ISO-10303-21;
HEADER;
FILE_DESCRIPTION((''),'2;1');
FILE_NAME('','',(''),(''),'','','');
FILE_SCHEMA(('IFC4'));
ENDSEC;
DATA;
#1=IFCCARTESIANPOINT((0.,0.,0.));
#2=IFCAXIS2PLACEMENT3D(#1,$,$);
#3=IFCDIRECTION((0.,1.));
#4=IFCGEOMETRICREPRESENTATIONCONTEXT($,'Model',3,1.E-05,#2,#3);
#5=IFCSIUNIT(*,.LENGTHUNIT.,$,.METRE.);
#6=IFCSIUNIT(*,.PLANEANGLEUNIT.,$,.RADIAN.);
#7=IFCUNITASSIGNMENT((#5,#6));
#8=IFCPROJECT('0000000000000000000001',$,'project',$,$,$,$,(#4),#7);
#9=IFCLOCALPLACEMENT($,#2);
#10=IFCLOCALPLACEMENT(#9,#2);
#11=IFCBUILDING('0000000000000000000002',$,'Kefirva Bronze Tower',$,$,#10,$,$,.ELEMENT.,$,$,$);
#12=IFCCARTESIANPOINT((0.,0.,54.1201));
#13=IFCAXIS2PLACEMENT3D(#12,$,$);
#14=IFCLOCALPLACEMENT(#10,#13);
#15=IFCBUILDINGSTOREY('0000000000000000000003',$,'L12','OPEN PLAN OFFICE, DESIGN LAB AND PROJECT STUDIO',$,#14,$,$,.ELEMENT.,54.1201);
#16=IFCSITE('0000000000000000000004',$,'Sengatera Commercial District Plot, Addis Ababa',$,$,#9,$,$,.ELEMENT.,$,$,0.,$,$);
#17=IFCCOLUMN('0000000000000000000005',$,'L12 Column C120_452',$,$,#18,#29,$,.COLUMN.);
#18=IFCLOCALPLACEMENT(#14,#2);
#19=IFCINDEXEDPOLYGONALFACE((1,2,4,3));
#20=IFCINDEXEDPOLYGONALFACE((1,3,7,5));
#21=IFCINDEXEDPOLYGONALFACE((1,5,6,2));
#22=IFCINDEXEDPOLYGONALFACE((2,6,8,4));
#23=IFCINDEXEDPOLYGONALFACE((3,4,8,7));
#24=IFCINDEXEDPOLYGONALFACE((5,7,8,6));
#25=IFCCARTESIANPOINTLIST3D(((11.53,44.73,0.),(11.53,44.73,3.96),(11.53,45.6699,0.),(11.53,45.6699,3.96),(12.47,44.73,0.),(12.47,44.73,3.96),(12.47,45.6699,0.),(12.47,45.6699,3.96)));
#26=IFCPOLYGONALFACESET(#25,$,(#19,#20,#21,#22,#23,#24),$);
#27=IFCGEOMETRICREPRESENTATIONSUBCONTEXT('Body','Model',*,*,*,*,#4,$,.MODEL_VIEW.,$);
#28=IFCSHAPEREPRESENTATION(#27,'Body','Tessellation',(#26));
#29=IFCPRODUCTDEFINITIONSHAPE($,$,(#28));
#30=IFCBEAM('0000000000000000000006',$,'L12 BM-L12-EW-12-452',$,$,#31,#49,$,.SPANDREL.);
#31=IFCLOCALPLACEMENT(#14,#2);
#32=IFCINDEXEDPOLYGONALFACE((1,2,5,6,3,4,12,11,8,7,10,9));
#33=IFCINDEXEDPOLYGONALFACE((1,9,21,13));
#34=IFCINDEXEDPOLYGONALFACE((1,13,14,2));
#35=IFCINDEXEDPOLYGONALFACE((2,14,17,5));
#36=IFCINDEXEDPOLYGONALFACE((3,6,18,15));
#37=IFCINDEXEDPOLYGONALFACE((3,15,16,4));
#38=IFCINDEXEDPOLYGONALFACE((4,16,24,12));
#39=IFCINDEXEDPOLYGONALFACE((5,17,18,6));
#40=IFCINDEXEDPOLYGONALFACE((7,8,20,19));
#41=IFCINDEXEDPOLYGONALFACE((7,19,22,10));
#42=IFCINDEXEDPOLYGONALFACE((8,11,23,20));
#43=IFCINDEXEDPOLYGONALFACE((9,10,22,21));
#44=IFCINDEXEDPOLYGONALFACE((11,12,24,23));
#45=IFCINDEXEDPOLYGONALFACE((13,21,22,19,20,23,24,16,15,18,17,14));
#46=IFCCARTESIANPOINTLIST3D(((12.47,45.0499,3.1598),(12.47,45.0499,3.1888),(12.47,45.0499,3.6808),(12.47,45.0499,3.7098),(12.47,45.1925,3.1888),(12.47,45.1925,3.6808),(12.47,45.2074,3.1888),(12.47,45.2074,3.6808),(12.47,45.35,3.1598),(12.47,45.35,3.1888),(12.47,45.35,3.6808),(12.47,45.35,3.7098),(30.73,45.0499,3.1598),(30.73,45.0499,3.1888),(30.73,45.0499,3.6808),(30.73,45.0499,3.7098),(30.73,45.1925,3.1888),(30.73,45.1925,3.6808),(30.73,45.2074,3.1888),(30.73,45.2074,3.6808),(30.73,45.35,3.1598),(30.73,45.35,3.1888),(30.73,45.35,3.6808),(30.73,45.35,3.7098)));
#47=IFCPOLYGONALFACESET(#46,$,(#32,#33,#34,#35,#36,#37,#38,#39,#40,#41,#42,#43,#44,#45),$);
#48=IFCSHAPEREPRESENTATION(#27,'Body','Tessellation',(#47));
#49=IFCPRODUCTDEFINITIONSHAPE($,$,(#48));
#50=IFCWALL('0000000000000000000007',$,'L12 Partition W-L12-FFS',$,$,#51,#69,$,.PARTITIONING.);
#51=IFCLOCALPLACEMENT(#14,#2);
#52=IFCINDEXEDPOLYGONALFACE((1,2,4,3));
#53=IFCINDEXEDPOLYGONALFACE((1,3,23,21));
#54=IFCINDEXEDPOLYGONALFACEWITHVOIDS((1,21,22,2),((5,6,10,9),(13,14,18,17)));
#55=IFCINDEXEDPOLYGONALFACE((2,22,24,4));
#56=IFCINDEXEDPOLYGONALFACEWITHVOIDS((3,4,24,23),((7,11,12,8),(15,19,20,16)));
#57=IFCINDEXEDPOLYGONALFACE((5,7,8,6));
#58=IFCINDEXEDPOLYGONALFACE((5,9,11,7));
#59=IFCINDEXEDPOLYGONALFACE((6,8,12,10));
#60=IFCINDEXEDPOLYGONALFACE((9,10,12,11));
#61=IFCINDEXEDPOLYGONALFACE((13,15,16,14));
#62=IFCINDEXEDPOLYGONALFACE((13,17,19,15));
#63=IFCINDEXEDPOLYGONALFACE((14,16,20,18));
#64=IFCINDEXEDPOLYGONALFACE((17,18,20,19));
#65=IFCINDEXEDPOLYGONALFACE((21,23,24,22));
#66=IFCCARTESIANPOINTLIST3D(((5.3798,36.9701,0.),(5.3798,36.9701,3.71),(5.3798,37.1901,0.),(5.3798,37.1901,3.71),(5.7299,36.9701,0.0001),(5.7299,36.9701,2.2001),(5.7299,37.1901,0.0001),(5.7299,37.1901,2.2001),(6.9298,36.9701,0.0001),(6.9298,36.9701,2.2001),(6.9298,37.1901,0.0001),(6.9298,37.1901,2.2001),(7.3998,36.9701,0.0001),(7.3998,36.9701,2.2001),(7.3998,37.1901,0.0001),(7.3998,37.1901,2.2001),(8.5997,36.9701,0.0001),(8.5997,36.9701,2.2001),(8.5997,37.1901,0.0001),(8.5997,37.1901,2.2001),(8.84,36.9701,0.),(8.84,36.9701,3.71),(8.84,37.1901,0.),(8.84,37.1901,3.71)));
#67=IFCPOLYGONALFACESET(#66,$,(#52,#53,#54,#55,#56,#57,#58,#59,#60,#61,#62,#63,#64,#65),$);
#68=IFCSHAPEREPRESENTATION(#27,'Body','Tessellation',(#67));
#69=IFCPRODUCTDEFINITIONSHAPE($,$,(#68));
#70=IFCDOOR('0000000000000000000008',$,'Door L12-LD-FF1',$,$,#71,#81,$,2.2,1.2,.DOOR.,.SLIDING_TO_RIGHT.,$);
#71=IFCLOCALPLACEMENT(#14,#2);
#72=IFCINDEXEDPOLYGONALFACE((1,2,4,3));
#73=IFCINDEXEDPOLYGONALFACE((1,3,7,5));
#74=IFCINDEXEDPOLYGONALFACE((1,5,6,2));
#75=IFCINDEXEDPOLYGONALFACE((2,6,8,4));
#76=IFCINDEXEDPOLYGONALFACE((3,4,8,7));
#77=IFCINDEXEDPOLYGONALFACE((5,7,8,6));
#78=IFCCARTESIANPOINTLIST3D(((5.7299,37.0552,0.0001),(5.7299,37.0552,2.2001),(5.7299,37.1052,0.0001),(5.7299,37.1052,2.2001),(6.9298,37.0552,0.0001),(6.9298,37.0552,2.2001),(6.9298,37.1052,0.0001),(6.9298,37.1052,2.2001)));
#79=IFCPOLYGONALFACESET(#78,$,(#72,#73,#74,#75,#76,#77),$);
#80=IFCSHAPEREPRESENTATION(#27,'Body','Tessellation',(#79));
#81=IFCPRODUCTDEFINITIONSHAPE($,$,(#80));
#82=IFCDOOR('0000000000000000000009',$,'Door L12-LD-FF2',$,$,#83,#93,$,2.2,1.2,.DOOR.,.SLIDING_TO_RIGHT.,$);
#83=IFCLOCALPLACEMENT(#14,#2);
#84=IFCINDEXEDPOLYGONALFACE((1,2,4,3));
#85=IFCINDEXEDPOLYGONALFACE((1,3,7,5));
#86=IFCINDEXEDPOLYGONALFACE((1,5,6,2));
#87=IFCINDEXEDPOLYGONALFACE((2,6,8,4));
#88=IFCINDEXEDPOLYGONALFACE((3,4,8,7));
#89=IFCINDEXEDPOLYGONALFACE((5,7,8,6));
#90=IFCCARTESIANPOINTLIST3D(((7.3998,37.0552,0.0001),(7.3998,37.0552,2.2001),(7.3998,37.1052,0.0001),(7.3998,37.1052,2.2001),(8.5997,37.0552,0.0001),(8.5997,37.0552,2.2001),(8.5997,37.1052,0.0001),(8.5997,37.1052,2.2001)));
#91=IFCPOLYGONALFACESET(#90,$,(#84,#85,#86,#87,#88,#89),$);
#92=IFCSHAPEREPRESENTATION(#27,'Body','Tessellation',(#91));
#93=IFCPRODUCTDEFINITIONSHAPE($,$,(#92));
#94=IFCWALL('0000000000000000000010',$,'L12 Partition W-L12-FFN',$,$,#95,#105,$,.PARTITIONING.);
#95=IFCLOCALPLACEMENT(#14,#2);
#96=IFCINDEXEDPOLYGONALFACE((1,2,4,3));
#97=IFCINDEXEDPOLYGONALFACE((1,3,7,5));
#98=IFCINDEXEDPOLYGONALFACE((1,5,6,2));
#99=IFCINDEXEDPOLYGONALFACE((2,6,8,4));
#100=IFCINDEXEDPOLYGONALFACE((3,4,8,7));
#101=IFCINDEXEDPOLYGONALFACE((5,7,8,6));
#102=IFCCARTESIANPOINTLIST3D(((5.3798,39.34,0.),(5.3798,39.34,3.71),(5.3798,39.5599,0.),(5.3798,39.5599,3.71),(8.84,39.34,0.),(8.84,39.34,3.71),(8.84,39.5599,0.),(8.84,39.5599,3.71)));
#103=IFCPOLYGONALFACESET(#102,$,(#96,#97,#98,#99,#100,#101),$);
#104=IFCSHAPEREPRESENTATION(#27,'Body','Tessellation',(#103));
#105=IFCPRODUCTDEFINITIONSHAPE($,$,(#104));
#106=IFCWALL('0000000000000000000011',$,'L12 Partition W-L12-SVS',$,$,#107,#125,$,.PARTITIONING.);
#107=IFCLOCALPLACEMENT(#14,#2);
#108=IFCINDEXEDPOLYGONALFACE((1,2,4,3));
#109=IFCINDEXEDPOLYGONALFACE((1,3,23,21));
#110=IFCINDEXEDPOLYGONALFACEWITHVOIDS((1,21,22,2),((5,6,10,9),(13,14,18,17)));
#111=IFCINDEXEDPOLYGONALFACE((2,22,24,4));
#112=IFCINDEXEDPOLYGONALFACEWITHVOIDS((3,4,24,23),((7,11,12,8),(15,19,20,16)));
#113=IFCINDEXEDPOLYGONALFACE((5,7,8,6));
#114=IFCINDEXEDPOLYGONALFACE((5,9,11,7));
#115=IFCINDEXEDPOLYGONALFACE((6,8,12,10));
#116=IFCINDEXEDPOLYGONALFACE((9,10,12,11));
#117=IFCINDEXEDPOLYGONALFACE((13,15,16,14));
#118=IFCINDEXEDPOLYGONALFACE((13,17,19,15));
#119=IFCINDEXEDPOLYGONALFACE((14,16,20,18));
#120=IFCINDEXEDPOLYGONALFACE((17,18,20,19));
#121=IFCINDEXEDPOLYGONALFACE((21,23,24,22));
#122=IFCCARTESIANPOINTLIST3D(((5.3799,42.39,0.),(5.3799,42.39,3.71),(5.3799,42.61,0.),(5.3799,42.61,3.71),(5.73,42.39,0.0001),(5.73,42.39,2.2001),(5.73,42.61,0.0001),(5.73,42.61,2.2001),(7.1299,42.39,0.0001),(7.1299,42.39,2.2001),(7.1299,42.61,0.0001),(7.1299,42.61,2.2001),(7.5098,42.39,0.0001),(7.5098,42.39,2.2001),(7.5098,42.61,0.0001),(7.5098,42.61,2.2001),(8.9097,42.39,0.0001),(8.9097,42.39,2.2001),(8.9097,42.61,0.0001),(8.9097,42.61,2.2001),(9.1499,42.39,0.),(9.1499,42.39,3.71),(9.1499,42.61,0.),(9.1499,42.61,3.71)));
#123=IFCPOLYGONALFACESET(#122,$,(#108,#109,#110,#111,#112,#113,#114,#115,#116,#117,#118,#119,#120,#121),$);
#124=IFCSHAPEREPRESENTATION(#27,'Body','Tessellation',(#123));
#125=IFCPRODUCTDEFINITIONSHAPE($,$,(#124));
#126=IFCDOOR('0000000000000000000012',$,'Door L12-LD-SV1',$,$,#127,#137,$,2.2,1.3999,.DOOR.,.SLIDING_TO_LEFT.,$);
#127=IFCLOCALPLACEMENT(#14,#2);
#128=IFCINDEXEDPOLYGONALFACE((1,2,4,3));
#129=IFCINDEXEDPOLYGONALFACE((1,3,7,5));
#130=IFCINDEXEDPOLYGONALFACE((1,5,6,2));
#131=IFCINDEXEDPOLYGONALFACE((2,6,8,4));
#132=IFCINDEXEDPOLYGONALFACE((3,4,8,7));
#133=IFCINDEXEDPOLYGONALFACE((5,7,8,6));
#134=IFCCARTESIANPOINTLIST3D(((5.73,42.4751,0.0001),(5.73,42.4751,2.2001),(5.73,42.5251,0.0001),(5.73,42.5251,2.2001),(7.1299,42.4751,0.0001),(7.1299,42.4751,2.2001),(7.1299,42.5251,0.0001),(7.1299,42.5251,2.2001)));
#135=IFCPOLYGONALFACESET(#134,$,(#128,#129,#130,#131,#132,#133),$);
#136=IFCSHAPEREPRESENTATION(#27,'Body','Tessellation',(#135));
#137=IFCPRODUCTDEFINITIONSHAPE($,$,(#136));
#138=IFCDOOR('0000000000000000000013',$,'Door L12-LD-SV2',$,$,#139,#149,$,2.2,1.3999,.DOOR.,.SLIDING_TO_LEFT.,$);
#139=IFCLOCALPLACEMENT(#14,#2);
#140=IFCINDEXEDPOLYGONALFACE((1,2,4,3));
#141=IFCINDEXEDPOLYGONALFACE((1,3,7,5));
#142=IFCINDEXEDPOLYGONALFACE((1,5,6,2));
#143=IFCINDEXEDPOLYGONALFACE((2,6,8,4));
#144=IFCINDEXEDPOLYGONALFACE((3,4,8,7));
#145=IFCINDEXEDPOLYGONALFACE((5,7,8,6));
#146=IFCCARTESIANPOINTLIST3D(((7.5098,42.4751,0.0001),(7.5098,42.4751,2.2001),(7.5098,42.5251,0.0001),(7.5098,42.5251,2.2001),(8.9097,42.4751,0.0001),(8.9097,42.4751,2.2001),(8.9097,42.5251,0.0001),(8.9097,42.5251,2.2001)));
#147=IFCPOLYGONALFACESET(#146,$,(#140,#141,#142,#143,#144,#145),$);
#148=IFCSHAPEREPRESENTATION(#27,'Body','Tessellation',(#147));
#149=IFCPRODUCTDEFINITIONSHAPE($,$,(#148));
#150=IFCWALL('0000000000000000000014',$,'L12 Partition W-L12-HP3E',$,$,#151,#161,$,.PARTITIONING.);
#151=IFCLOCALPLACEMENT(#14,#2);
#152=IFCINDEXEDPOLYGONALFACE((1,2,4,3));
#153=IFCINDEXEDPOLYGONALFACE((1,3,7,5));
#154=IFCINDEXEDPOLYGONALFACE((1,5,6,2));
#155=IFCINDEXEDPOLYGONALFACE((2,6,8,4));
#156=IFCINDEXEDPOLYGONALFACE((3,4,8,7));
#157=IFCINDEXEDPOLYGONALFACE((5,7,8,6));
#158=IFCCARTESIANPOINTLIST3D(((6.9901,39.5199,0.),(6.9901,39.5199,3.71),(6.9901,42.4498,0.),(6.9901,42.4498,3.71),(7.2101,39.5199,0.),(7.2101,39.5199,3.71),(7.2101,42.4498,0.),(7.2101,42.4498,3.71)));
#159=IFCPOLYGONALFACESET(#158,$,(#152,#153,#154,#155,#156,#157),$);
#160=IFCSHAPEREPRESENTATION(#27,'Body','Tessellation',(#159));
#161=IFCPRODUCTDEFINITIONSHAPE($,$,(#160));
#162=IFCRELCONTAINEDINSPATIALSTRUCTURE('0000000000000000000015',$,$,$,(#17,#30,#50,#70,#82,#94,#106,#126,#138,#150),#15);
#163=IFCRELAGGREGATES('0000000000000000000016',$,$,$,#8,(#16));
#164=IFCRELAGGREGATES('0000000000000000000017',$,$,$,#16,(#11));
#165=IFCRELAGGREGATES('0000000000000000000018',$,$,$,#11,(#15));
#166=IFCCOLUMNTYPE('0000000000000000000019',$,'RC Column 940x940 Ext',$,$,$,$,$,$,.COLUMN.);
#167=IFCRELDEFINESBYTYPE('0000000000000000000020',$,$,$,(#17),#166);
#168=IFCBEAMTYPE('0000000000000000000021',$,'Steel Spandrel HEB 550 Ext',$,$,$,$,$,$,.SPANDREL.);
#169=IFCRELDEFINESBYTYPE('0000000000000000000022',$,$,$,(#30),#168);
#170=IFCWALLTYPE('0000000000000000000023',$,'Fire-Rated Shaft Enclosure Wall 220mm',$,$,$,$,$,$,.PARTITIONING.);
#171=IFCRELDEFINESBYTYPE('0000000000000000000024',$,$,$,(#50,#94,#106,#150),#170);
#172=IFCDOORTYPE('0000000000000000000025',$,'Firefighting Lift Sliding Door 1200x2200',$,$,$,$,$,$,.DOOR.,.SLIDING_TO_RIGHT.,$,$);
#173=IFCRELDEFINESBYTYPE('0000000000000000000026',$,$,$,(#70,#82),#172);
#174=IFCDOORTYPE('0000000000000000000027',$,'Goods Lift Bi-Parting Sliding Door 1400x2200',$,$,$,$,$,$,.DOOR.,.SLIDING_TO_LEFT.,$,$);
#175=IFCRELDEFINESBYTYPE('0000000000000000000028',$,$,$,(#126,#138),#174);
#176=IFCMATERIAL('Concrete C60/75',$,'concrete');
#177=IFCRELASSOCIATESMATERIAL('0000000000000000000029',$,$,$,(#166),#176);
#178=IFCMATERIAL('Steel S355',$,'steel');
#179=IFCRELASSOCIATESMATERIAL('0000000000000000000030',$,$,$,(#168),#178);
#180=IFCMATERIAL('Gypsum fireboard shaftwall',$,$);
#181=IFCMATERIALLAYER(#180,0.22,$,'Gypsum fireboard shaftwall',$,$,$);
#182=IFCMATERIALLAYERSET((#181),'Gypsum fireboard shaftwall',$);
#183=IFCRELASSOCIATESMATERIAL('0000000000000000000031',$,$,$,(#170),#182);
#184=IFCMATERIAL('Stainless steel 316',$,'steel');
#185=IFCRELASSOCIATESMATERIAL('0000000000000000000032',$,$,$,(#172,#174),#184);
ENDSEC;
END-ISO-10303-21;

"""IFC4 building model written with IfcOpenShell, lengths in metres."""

from ifc_helpers import new_model, si_unit, direction, frame, frame_2d, origin, origin_2d, place, context, subcontext, project, spatial, rectangle, i_section, extrude, material, layer, layer_set, material_profile, profile_set, type_object, element, fill, save


model = new_model("IFC4")

# Units and contexts
model_context = context("Model", 3, precision=1e-05, world=origin(), true_north=direction((0.0, 1.0)))
body_context = subcontext(model_context, "Body", "Model", "MODEL_VIEW")
ifc_project = project(units=[si_unit("LENGTHUNIT", "METRE"), si_unit("PLANEANGLEUNIT", "RADIAN")], contexts=[model_context])

# Site, building, storey
site_placement = place(None, origin())
site = spatial("IfcSite", under=ifc_project, at=site_placement, Name="Sengatera Commercial District Plot, Addis Ababa", CompositionType="ELEMENT", RefElevation=0.0)
building_placement = place(site_placement, origin())
building = spatial("IfcBuilding", under=site, at=building_placement, Name="Kefirva Bronze Tower", CompositionType="ELEMENT")
storey_placement = place(building_placement, frame((0.0, 0.0, 54.1201)))
storey = spatial("IfcBuildingStorey", under=building, at=storey_placement, Name="L12", Description="OPEN PLAN OFFICE, DESIGN LAB AND PROJECT STUDIO", CompositionType="ELEMENT", Elevation=54.1201)

# Column
ifc_material_1 = material(Name="Concrete C60/75", Category="concrete")
ifc_material_profile_1 = material_profile(ifc_material_1, rectangle(XDim=0.9399, YDim=0.9399, at=origin_2d()), Name="RC 940x940")
ifc_profile_set_1 = profile_set([ifc_material_profile_1], Name="Concrete C60/75")
column_type = type_object("IfcColumnType", Name="RC Column 940x940 Ext", PredefinedType="COLUMN", material=ifc_profile_set_1)
column_placement = place(storey_placement, frame((12.0, 45.2, 0.0), z_axis=(0.0, 0.0, 1.0), x_axis=(1.0, 0.0, 0.0)))
element("IfcColumn", 1, at=column_placement, inside=storey, type_object=column_type, Name="L12 Column C120_452", PredefinedType="COLUMN", context=body_context, shape_type="SweptSolid", body=[
    extrude(rectangle(XDim=0.9399, YDim=0.9399, at=origin_2d()), origin(), (0.0, 0.0, 1.0), 3.96),
])

# Beam
ifc_material_2 = material(Name="Steel S355", Category="steel")
ifc_material_profile_2 = material_profile(ifc_material_2, i_section(OverallWidth=0.3, OverallDepth=0.55, WebThickness=0.0149, FlangeThickness=0.0291, at=origin_2d()), Name="HEB 550")
ifc_profile_set_2 = profile_set([ifc_material_profile_2], Name="Steel S355")
beam_type = type_object("IfcBeamType", Name="Steel Spandrel HEB 550 Ext", PredefinedType="SPANDREL", material=ifc_profile_set_2)
beam_placement = place(storey_placement, frame((12.47, 45.2, 3.4348), z_axis=(1.0, 0.0, 0.0), x_axis=(0.0, 1.0, 0.0)))
element("IfcBeam", 2, at=beam_placement, inside=storey, type_object=beam_type, Name="L12 BM-L12-EW-12-452", PredefinedType="SPANDREL", context=body_context, shape_type="SweptSolid", body=[
    extrude(i_section(OverallWidth=0.3, OverallDepth=0.55, WebThickness=0.0149, FlangeThickness=0.0291, at=origin_2d()), origin(), (0.0, 0.0, 1.0), 18.26),
])

# Wall, openings, doors
ifc_material_3 = material(Name="Gypsum fireboard shaftwall")
ifc_layer_1 = layer(ifc_material_3, 0.22, Name="Gypsum fireboard shaftwall")
ifc_layer_set_1 = layer_set([ifc_layer_1], Name="Gypsum fireboard shaftwall")
wall_type_1 = type_object("IfcWallType", Name="Fire-Rated Shaft Enclosure Wall 220mm", PredefinedType="PARTITIONING", material=ifc_layer_set_1)
wall_1_placement = place(storey_placement, frame((5.3799, 37.0801, 0.0), z_axis=(0.0, 0.0, 1.0), x_axis=(1.0, 0.0, 0.0)))
wall_1 = element("IfcWall", 3, at=wall_1_placement, inside=storey, type_object=wall_type_1, Name="L12 Partition W-L12-FFS", PredefinedType="PARTITIONING", context=body_context, shape_type="SweptSolid", body=[
    extrude(rectangle(XDim=3.4602, YDim=0.22, at=frame_2d((1.73, 0.0))), origin(), (0.0, 0.0, 1.0), 3.71),
])
opening_1_placement = place(wall_1_placement, frame((1.55, 0.0, 0.0), z_axis=(0.0, 0.0, 1.0), x_axis=(-1.0, 0.0, 0.0)))
opening_1 = element("IfcOpeningElement", 4, at=opening_1_placement, cuts=wall_1, PredefinedType="OPENING", context=body_context, shape_type="SweptSolid", body=[
    extrude(rectangle(XDim=1.2, YDim=2.2, at=frame_2d((0.6001, 1.1001))), frame((0.0, 0.1201, 0.0), z_axis=(0.0, -1.0, 0.0), x_axis=(1.0, 0.0, 0.0)), (0.0, 0.0, 1.0), 0.24),
])
opening_2_placement = place(wall_1_placement, frame((3.22, 0.0, 0.0), z_axis=(0.0, 0.0, 1.0), x_axis=(-1.0, 0.0, 0.0)))
opening_2 = element("IfcOpeningElement", 5, at=opening_2_placement, cuts=wall_1, PredefinedType="OPENING", context=body_context, shape_type="SweptSolid", body=[
    extrude(rectangle(XDim=1.2, YDim=2.2, at=frame_2d((0.6001, 1.1001))), frame((0.0, 0.1201, 0.0), z_axis=(0.0, -1.0, 0.0), x_axis=(1.0, 0.0, 0.0)), (0.0, 0.0, 1.0), 0.24),
])
ifc_material_4 = material(Name="Stainless steel 316", Category="steel")
door_type_1 = type_object("IfcDoorType", Name="Firefighting Lift Sliding Door 1200x2200", OperationType="SLIDING_TO_RIGHT", PredefinedType="DOOR", material=ifc_material_4)
door_1_placement = place(opening_1_placement, origin())
door_1 = element("IfcDoor", 6, at=door_1_placement, inside=storey, type_object=door_type_1, Name="Door L12-LD-FF1", OperationType="SLIDING_TO_RIGHT", OverallHeight=2.2, OverallWidth=1.2, PredefinedType="DOOR", context=body_context, shape_type="SweptSolid", body=[
    extrude(rectangle(XDim=1.2, YDim=2.2, at=frame_2d((0.6001, 1.1001))), frame((0.0, 0.0249, 0.0), z_axis=(0.0, -1.0, 0.0), x_axis=(1.0, 0.0, 0.0)), (0.0, 0.0, 1.0), 0.05),
])
fill(opening_1, door_1)
door_2_placement = place(opening_2_placement, origin())
door_2 = element("IfcDoor", 7, at=door_2_placement, inside=storey, type_object=door_type_1, Name="Door L12-LD-FF2", OperationType="SLIDING_TO_RIGHT", OverallHeight=2.2, OverallWidth=1.2, PredefinedType="DOOR", context=body_context, shape_type="SweptSolid", body=[
    extrude(rectangle(XDim=1.2, YDim=2.2, at=frame_2d((0.6001, 1.1001))), frame((0.0, 0.0249, 0.0), z_axis=(0.0, -1.0, 0.0), x_axis=(1.0, 0.0, 0.0)), (0.0, 0.0, 1.0), 0.05),
])
fill(opening_2, door_2)

# Wall
wall_2_placement = place(storey_placement, frame((5.3799, 39.45, 0.0), z_axis=(0.0, 0.0, 1.0), x_axis=(1.0, 0.0, 0.0)))
element("IfcWall", 8, at=wall_2_placement, inside=storey, type_object=wall_type_1, Name="L12 Partition W-L12-FFN", PredefinedType="PARTITIONING", context=body_context, shape_type="SweptSolid", body=[
    extrude(rectangle(XDim=3.4602, YDim=0.22, at=frame_2d((1.73, 0.0))), origin(), (0.0, 0.0, 1.0), 3.71),
])

# Wall, openings, doors
wall_3_placement = place(storey_placement, frame((5.3799, 42.5, 0.0), z_axis=(0.0, 0.0, 1.0), x_axis=(1.0, 0.0, 0.0)))
wall_3 = element("IfcWall", 9, at=wall_3_placement, inside=storey, type_object=wall_type_1, Name="L12 Partition W-L12-SVS", PredefinedType="PARTITIONING", context=body_context, shape_type="SweptSolid", body=[
    extrude(rectangle(XDim=3.77, YDim=0.22, at=frame_2d((1.885, 0.0))), origin(), (0.0, 0.0, 1.0), 3.71),
])
opening_3_placement = place(wall_3_placement, frame((1.75, 0.0, 0.0), z_axis=(0.0, 0.0, 1.0), x_axis=(-1.0, 0.0, 0.0)))
opening_3 = element("IfcOpeningElement", 10, at=opening_3_placement, cuts=wall_3, PredefinedType="OPENING", context=body_context, shape_type="SweptSolid", body=[
    extrude(rectangle(XDim=1.3999, YDim=2.2, at=frame_2d((0.7, 1.1001))), frame((0.0, 0.1201, 0.0), z_axis=(0.0, -1.0, 0.0), x_axis=(1.0, 0.0, 0.0)), (0.0, 0.0, 1.0), 0.24),
])
opening_4_placement = place(wall_3_placement, frame((3.5298, 0.0, 0.0), z_axis=(0.0, 0.0, 1.0), x_axis=(-1.0, 0.0, 0.0)))
opening_4 = element("IfcOpeningElement", 11, at=opening_4_placement, cuts=wall_3, PredefinedType="OPENING", context=body_context, shape_type="SweptSolid", body=[
    extrude(rectangle(XDim=1.3999, YDim=2.2, at=frame_2d((0.7, 1.1001))), frame((0.0, 0.1201, 0.0), z_axis=(0.0, -1.0, 0.0), x_axis=(1.0, 0.0, 0.0)), (0.0, 0.0, 1.0), 0.24),
])
door_type_2 = type_object("IfcDoorType", Name="Goods Lift Bi-Parting Sliding Door 1400x2200", OperationType="SLIDING_TO_LEFT", PredefinedType="DOOR", material=ifc_material_4)
door_3_placement = place(opening_3_placement, origin())
door_3 = element("IfcDoor", 12, at=door_3_placement, inside=storey, type_object=door_type_2, Name="Door L12-LD-SV1", OperationType="SLIDING_TO_LEFT", OverallHeight=2.2, OverallWidth=1.3999, PredefinedType="DOOR", context=body_context, shape_type="SweptSolid", body=[
    extrude(rectangle(XDim=1.3999, YDim=2.2, at=frame_2d((0.7, 1.1001))), frame((0.0, 0.0249, 0.0), z_axis=(0.0, -1.0, 0.0), x_axis=(1.0, 0.0, 0.0)), (0.0, 0.0, 1.0), 0.05),
])
fill(opening_3, door_3)
door_4_placement = place(opening_4_placement, origin())
door_4 = element("IfcDoor", 13, at=door_4_placement, inside=storey, type_object=door_type_2, Name="Door L12-LD-SV2", OperationType="SLIDING_TO_LEFT", OverallHeight=2.2, OverallWidth=1.3999, PredefinedType="DOOR", context=body_context, shape_type="SweptSolid", body=[
    extrude(rectangle(XDim=1.3999, YDim=2.2, at=frame_2d((0.7, 1.1001))), frame((0.0, 0.0249, 0.0), z_axis=(0.0, -1.0, 0.0), x_axis=(1.0, 0.0, 0.0)), (0.0, 0.0, 1.0), 0.05),
])
fill(opening_4, door_4)

# Wall
wall_4_placement = place(storey_placement, frame((7.1001, 39.52, 0.0), z_axis=(0.0, 0.0, 1.0), x_axis=(0.0, 1.0, 0.0)))
element("IfcWall", 14, at=wall_4_placement, inside=storey, type_object=wall_type_1, Name="L12 Partition W-L12-HP3E", PredefinedType="PARTITIONING", context=body_context, shape_type="SweptSolid", body=[
    extrude(rectangle(XDim=2.9299, YDim=0.22, at=frame_2d((1.4648, 0.0))), origin(), (0.0, 0.0, 1.0), 3.71),
])

save(model, "model.ifc")
